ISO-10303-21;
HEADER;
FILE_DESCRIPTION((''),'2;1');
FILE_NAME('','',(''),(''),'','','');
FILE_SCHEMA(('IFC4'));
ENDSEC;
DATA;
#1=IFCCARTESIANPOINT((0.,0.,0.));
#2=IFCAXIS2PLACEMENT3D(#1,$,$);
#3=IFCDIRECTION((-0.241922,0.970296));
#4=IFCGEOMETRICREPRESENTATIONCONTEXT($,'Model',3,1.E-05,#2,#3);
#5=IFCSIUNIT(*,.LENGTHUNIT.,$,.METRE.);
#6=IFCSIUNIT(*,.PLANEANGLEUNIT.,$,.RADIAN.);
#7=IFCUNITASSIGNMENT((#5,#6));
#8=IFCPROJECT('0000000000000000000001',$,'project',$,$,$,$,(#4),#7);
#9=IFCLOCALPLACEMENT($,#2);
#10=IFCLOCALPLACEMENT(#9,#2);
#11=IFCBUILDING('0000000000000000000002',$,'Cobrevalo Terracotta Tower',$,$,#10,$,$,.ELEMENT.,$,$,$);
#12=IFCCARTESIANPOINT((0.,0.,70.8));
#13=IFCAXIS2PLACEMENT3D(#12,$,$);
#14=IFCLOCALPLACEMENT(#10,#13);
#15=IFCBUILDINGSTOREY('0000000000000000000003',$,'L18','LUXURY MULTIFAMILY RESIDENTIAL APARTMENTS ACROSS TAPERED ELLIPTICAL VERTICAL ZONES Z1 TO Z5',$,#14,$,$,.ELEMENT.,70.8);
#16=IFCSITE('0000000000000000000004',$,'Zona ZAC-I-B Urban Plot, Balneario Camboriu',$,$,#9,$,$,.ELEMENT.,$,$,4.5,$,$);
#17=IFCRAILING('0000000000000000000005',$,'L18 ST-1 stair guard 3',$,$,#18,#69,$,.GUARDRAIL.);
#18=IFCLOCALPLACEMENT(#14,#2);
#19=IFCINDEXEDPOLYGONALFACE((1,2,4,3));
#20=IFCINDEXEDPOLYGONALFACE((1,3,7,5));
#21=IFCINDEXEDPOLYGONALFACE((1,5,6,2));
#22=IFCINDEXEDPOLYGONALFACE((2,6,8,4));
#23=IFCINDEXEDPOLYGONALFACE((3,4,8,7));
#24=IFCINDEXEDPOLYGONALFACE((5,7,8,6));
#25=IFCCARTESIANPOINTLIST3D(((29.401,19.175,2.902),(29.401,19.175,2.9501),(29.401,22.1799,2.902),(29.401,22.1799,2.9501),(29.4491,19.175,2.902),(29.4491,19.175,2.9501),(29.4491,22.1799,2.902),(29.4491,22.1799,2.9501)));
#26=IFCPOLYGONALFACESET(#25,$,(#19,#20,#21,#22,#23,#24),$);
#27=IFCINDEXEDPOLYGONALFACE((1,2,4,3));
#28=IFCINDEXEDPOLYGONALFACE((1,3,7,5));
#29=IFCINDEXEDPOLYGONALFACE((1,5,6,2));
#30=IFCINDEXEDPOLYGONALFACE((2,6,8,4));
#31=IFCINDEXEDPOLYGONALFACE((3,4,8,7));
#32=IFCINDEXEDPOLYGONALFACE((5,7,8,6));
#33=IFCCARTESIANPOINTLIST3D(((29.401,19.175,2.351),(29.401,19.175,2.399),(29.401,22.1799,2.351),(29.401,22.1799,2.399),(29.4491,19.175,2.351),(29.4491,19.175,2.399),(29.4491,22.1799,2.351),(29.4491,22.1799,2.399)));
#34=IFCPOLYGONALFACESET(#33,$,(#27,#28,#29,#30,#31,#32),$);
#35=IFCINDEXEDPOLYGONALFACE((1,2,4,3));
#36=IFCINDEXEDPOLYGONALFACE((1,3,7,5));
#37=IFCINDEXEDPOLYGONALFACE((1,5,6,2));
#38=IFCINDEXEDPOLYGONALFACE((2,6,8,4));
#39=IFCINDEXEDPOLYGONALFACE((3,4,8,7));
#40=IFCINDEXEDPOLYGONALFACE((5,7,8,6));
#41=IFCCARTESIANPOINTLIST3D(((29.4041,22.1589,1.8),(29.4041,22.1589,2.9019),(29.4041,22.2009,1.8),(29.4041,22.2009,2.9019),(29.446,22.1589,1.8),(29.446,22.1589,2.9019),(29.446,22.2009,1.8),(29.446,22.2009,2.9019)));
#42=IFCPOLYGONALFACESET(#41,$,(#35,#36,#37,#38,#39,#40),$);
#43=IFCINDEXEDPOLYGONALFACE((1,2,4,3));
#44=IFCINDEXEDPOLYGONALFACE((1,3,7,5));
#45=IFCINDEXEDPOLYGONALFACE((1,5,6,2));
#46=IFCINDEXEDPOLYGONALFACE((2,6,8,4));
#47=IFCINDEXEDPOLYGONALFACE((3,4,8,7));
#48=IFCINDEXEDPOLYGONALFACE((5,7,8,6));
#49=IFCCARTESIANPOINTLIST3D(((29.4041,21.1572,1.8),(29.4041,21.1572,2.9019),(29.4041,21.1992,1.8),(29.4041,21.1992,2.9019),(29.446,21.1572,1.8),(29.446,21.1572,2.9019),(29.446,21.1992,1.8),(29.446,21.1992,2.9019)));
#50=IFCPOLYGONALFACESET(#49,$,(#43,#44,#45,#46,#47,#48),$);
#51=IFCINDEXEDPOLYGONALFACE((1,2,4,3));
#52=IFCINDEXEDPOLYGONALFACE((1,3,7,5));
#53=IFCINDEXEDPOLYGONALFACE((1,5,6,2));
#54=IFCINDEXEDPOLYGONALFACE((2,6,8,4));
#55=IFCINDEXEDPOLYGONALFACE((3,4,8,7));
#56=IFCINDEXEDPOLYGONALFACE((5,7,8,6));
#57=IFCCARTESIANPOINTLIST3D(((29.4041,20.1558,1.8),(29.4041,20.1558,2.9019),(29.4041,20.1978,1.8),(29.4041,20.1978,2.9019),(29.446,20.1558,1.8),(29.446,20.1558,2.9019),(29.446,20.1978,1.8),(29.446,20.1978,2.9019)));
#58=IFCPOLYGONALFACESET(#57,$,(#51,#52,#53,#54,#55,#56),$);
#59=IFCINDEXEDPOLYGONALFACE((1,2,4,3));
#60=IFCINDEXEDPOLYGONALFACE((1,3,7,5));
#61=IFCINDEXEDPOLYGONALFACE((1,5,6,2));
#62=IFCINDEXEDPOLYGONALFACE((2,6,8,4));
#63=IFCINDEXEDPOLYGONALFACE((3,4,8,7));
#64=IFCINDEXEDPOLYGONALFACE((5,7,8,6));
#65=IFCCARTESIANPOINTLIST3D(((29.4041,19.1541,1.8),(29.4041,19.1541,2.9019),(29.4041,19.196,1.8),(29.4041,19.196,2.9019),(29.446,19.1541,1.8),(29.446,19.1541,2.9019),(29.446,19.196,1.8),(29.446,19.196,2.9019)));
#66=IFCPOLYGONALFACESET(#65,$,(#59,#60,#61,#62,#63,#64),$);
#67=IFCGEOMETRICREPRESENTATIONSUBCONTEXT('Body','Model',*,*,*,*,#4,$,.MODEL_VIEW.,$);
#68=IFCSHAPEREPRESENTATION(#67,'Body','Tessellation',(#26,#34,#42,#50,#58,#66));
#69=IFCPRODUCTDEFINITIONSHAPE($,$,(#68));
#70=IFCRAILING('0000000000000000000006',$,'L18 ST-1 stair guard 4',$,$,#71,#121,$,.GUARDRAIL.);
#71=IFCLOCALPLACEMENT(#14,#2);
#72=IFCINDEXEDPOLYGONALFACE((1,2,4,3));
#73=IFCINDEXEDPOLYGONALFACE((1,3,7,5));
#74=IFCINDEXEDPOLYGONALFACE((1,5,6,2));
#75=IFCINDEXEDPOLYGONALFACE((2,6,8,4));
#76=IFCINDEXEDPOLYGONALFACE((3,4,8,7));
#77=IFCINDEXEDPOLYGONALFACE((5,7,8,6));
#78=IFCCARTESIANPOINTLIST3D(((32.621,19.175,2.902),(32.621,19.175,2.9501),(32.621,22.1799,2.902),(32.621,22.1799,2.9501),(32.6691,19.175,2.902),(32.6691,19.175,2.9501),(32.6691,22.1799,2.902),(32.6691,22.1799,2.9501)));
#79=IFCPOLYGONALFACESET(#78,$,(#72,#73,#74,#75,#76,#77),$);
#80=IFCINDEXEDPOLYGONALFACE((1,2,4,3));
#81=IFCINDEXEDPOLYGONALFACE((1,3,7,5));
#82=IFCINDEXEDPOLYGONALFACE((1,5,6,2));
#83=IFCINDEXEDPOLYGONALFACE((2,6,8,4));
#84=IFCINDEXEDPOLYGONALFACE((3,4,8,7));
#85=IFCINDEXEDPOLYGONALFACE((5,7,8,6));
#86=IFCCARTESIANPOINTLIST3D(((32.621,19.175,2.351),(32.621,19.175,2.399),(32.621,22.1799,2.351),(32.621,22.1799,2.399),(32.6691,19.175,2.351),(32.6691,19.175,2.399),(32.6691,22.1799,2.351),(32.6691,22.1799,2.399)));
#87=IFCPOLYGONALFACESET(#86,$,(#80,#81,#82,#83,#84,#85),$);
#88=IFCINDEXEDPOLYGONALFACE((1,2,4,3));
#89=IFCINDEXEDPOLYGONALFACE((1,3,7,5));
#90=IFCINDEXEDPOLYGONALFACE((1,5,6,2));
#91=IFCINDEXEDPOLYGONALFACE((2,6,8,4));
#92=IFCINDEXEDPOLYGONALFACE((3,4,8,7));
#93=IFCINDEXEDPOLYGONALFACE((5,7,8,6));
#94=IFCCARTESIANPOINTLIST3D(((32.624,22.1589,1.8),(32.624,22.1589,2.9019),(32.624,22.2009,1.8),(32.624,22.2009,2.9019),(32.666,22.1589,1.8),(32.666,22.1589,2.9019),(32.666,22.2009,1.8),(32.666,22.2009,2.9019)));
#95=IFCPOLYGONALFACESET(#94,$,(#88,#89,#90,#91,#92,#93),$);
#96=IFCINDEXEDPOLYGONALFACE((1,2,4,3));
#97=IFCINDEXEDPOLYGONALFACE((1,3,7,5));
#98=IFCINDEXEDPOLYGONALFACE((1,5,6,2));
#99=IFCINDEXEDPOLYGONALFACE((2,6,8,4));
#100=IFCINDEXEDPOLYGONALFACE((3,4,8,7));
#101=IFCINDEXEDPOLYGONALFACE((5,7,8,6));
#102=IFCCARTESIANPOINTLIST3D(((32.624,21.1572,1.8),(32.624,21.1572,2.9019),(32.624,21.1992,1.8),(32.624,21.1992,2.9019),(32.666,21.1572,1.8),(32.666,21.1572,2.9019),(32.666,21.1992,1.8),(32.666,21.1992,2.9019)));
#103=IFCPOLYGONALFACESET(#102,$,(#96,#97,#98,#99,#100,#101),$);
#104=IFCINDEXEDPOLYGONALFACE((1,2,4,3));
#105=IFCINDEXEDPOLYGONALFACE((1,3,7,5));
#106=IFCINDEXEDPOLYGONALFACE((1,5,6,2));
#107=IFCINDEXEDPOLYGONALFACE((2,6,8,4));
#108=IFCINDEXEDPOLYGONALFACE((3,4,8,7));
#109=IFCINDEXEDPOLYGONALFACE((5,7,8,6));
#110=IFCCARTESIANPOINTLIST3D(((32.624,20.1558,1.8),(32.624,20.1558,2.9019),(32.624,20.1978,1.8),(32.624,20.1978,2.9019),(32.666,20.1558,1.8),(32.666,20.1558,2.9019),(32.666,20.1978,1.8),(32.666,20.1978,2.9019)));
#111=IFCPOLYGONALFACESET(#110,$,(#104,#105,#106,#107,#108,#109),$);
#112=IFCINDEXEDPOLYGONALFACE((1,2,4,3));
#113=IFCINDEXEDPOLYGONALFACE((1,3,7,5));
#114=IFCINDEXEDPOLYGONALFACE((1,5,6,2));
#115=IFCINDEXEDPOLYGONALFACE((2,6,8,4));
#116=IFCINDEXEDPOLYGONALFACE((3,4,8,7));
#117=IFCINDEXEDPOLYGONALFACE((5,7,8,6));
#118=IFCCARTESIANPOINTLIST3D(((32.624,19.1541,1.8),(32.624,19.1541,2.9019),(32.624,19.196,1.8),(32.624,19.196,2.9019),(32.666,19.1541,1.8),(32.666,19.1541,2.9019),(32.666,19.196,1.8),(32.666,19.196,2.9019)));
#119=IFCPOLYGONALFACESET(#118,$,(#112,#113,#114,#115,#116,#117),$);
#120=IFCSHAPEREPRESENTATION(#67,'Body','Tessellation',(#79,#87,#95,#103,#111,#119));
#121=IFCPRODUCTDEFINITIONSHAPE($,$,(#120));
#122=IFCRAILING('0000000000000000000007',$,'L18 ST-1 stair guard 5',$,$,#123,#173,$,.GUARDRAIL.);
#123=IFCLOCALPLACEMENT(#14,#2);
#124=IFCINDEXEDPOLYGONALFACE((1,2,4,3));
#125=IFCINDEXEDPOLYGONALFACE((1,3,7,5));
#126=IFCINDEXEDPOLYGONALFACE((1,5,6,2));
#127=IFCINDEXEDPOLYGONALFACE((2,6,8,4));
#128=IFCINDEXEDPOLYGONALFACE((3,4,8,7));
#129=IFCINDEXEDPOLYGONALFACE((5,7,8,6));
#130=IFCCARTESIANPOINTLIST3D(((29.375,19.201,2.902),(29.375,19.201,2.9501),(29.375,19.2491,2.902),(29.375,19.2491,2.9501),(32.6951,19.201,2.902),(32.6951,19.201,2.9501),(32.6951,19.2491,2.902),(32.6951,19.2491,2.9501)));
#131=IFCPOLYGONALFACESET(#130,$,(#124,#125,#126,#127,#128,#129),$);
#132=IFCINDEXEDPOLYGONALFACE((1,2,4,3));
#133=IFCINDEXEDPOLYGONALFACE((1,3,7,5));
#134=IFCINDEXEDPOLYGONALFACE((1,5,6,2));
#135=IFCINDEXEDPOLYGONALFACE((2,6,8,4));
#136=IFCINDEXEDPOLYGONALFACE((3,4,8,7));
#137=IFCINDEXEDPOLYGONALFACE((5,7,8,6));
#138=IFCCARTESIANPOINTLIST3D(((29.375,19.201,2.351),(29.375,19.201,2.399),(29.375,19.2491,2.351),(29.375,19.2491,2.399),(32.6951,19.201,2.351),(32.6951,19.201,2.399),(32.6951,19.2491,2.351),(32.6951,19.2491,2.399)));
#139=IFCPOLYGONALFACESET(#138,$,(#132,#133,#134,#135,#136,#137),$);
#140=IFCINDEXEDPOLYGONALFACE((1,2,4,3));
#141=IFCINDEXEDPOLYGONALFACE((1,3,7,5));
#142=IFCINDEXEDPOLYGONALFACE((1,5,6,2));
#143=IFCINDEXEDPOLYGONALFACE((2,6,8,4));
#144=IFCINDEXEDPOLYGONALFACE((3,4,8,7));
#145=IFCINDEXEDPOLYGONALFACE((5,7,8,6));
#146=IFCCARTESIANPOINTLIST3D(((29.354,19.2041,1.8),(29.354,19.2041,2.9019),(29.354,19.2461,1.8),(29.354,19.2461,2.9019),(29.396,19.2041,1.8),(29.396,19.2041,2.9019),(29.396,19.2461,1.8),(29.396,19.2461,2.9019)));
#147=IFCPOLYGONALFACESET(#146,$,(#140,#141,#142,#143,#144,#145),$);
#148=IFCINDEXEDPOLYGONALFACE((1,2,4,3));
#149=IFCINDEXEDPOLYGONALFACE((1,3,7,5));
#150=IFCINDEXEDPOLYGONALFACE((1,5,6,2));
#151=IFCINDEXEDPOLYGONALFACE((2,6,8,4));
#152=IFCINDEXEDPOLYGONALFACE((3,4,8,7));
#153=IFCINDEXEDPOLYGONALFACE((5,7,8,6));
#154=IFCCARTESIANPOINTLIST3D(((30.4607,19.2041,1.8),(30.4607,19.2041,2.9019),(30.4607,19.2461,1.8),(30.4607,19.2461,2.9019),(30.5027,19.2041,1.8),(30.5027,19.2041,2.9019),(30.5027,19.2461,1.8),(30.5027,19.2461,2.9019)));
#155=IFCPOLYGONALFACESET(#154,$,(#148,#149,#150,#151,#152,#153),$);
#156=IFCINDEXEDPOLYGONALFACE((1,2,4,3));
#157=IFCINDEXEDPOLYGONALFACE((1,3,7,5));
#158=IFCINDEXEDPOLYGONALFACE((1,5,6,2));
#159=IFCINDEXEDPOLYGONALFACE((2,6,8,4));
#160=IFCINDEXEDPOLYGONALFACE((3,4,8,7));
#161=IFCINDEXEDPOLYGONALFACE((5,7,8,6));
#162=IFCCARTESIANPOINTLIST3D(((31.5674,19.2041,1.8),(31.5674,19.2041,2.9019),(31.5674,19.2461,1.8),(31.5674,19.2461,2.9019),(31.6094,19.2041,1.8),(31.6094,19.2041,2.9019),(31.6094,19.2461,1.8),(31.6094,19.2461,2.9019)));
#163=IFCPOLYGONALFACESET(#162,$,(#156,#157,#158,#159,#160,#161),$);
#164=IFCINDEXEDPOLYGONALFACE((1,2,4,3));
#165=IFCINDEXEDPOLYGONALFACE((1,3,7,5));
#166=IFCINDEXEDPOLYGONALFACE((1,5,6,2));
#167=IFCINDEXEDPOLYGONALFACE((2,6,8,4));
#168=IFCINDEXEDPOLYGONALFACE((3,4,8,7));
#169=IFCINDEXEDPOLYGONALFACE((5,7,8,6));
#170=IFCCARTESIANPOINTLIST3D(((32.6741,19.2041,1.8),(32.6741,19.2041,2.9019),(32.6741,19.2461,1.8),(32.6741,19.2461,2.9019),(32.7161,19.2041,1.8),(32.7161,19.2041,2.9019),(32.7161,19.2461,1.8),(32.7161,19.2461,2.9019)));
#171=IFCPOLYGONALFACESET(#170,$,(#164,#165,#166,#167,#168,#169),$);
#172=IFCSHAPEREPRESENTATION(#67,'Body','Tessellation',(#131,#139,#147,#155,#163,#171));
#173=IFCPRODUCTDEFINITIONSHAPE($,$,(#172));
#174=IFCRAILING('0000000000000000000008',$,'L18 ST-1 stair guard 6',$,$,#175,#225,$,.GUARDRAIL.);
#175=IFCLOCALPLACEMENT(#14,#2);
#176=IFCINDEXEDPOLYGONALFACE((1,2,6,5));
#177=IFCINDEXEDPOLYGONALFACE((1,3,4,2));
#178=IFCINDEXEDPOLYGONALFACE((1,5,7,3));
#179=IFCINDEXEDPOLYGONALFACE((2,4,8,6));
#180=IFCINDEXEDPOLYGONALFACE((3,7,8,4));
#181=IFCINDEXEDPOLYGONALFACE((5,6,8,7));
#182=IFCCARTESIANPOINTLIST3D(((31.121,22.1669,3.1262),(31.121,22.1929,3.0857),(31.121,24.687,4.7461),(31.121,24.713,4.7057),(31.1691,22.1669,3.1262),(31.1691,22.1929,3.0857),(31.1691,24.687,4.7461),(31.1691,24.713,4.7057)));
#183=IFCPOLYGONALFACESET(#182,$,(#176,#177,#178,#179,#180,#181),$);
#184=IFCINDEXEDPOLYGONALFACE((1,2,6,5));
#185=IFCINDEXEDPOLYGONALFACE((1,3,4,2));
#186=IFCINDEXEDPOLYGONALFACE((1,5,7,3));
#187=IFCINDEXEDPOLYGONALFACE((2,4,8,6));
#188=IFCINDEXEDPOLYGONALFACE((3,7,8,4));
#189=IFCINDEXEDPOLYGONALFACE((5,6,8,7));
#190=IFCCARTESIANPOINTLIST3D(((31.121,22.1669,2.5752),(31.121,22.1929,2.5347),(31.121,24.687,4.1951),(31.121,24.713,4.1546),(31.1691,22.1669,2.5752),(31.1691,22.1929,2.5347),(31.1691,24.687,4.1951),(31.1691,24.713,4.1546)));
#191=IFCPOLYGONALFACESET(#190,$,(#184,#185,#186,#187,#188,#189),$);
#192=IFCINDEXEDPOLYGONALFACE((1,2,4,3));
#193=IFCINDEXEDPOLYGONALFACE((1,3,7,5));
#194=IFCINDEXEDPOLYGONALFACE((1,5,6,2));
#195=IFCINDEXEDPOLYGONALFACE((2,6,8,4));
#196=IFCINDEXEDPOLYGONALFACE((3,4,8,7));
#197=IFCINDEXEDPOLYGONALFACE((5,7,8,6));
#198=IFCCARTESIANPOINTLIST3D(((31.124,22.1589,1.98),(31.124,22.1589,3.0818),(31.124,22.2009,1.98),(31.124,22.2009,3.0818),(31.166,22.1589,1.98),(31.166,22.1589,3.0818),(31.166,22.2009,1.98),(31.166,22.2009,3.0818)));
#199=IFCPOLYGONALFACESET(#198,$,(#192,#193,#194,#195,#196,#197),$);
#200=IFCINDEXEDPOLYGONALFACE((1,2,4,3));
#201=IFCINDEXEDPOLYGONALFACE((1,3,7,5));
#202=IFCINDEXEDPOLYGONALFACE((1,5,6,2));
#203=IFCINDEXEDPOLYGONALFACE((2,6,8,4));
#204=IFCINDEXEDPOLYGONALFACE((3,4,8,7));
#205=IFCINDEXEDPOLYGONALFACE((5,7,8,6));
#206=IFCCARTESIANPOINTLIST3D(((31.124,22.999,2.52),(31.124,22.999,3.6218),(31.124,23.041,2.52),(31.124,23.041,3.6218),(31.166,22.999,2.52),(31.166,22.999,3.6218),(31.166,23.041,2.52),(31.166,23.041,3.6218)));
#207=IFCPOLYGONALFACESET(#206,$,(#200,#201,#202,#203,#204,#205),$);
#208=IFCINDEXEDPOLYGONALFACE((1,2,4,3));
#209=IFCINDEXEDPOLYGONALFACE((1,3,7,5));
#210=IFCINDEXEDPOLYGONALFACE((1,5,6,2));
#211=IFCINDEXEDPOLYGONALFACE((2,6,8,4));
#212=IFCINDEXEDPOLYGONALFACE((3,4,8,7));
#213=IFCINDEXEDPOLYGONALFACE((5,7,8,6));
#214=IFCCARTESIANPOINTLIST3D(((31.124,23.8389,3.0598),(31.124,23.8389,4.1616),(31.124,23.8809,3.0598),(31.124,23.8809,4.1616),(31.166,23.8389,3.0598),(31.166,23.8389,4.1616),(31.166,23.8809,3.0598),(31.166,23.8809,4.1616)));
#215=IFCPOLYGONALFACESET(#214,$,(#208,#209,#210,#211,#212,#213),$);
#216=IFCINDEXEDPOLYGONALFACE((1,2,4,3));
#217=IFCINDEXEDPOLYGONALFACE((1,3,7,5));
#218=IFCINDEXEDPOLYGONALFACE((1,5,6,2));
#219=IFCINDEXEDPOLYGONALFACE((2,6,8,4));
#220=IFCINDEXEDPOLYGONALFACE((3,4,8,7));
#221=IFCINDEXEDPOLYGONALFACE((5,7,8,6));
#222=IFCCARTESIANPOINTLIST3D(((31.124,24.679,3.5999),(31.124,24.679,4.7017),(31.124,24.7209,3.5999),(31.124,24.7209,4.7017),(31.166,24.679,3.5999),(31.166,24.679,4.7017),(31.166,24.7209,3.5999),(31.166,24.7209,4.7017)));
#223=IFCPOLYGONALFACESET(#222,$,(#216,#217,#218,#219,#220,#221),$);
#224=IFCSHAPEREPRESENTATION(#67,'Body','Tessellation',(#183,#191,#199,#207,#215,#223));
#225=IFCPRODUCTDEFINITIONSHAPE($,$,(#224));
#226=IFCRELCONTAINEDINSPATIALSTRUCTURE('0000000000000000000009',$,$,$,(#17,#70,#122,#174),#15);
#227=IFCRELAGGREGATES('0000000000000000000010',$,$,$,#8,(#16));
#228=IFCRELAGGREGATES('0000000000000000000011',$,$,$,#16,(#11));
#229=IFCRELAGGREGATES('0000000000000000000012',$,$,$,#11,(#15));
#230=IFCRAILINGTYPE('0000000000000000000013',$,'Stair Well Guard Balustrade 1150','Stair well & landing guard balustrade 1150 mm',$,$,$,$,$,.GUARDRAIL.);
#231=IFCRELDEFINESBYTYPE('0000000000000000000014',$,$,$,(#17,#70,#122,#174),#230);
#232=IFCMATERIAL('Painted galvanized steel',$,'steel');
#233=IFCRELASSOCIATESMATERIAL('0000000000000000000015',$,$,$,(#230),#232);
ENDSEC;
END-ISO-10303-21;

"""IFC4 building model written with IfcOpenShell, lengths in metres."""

from ifc_helpers import new_model, si_unit, direction, frame, origin, origin_2d, place, context, subcontext, project, spatial, rectangle, extrude, material, type_object, element, save


model = new_model("IFC4")

# Units and contexts
model_context = context("Model", 3, precision=1e-05, world=origin(), true_north=direction((-0.241922, 0.970296)))
body_context = subcontext(model_context, "Body", "Model", "MODEL_VIEW")
ifc_project = project(units=[si_unit("LENGTHUNIT", "METRE"), si_unit("PLANEANGLEUNIT", "RADIAN")], contexts=[model_context])

# Site, building, storey
site_placement = place(None, origin())
site = spatial("IfcSite", under=ifc_project, at=site_placement, Name="Zona ZAC-I-B Urban Plot, Balneario Camboriu", CompositionType="ELEMENT", RefElevation=4.5)
building_placement = place(site_placement, origin())
building = spatial("IfcBuilding", under=site, at=building_placement, Name="Cobrevalo Terracotta Tower", CompositionType="ELEMENT")
storey_placement = place(building_placement, frame((0.0, 0.0, 70.8)))
storey = spatial("IfcBuildingStorey", under=building, at=storey_placement, Name="L18", Description="LUXURY MULTIFAMILY RESIDENTIAL APARTMENTS ACROSS TAPERED ELLIPTICAL VERTICAL ZONES Z1 TO Z5", CompositionType="ELEMENT", Elevation=70.8)

# Railings
ifc_material_1 = material(Name="Painted galvanized steel", Category="steel")
railing_type_1 = type_object("IfcRailingType", Name="Stair Well Guard Balustrade 1150", Description="Stair well & landing guard balustrade 1150 mm", PredefinedType="GUARDRAIL", material=ifc_material_1)
for number, where, name in (
    (1, (29.425, 22.1799, 1.8), "L18 ST-1 stair guard 3"),
    (2, (32.645, 22.1799, 1.8), "L18 ST-1 stair guard 4"),
):
    element("IfcRailing", number, at=place(storey_placement, frame(where)), inside=storey, type_object=railing_type_1, Name=name, PredefinedType="GUARDRAIL", context=body_context, shape_type="SweptSolid", body=[
        extrude(rectangle(XDim=0.0481, YDim=0.0481, at=origin_2d()), frame((0.0, 0.0, 1.126), z_axis=(0.0, -1.0, 0.0), x_axis=(1.0, 0.0, 0.0)), (0.0, 0.0, 1.0), 3.0049),
        extrude(rectangle(XDim=0.0481, YDim=0.0481, at=origin_2d()), frame((0.0, 0.0, 0.575), z_axis=(0.0, -1.0, 0.0), x_axis=(1.0, 0.0, 0.0)), (0.0, 0.0, 1.0), 3.0049),
        extrude(rectangle(XDim=0.042, YDim=0.042, at=origin_2d()), origin(), (0.0, 0.0, 1.0), 1.1018),
        extrude(rectangle(XDim=0.042, YDim=0.042, at=origin_2d()), frame((0.0, -1.0017, 0.0)), (0.0, 0.0, 1.0), 1.1018),
        extrude(rectangle(XDim=0.042, YDim=0.042, at=origin_2d()), frame((0.0, -2.0032, 0.0)), (0.0, 0.0, 1.0), 1.1018),
        extrude(rectangle(XDim=0.042, YDim=0.042, at=origin_2d()), frame((0.0, -3.0049, 0.0)), (0.0, 0.0, 1.0), 1.1018),
    ])
railing_1_placement = place(storey_placement, frame((29.375, 19.2251, 1.8)))
element("IfcRailing", 3, at=railing_1_placement, inside=storey, type_object=railing_type_1, Name="L18 ST-1 stair guard 5", PredefinedType="GUARDRAIL", context=body_context, shape_type="SweptSolid", body=[
    extrude(rectangle(XDim=0.0481, YDim=0.0481, at=origin_2d()), frame((0.0, 0.0, 1.126), z_axis=(1.0, 0.0, 0.0), x_axis=(0.0, 1.0, 0.0)), (0.0, 0.0, 1.0), 3.3201),
    extrude(rectangle(XDim=0.0481, YDim=0.0481, at=origin_2d()), frame((0.0, 0.0, 0.575), z_axis=(1.0, 0.0, 0.0), x_axis=(0.0, 1.0, 0.0)), (0.0, 0.0, 1.0), 3.3201),
    extrude(rectangle(XDim=0.042, YDim=0.042, at=origin_2d()), origin(), (0.0, 0.0, 1.0), 1.1018),
    extrude(rectangle(XDim=0.042, YDim=0.042, at=origin_2d()), frame((1.1067, 0.0, 0.0)), (0.0, 0.0, 1.0), 1.1018),
    extrude(rectangle(XDim=0.042, YDim=0.042, at=origin_2d()), frame((2.2134, 0.0, 0.0)), (0.0, 0.0, 1.0), 1.1018),
    extrude(rectangle(XDim=0.042, YDim=0.042, at=origin_2d()), frame((3.3201, 0.0, 0.0)), (0.0, 0.0, 1.0), 1.1018),
])
railing_2_placement = place(storey_placement, frame((31.145, 22.1799, 1.98)))
element("IfcRailing", 4, at=railing_2_placement, inside=storey, type_object=railing_type_1, Name="L18 ST-1 stair guard 6", PredefinedType="GUARDRAIL", context=body_context, shape_type="SweptSolid", body=[
    extrude(rectangle(XDim=0.0481, YDim=0.0481, at=origin_2d()), frame((0.0, 0.0, 1.126), z_axis=(0.0, 0.8412, 0.540725), x_axis=(-1.0, 0.0, 0.0)), (0.0, 0.0, 1.0), 2.9958),
    extrude(rectangle(XDim=0.0481, YDim=0.0481, at=origin_2d()), frame((0.0, 0.0, 0.575), z_axis=(0.0, 0.8412, 0.540725), x_axis=(-1.0, 0.0, 0.0)), (0.0, 0.0, 1.0), 2.9958),
    extrude(rectangle(XDim=0.042, YDim=0.042, at=origin_2d()), origin(), (0.0, 0.0, 1.0), 1.1018),
    extrude(rectangle(XDim=0.042, YDim=0.042, at=origin_2d()), frame((0.0, 0.8401, 0.54)), (0.0, 0.0, 1.0), 1.1018),
    extrude(rectangle(XDim=0.042, YDim=0.042, at=origin_2d()), frame((0.0, 1.6799, 1.0798)), (0.0, 0.0, 1.0), 1.1018),
    extrude(rectangle(XDim=0.042, YDim=0.042, at=origin_2d()), frame((0.0, 2.52, 1.6199)), (0.0, 0.0, 1.0), 1.1018),
])

save(model, "model.ifc")
